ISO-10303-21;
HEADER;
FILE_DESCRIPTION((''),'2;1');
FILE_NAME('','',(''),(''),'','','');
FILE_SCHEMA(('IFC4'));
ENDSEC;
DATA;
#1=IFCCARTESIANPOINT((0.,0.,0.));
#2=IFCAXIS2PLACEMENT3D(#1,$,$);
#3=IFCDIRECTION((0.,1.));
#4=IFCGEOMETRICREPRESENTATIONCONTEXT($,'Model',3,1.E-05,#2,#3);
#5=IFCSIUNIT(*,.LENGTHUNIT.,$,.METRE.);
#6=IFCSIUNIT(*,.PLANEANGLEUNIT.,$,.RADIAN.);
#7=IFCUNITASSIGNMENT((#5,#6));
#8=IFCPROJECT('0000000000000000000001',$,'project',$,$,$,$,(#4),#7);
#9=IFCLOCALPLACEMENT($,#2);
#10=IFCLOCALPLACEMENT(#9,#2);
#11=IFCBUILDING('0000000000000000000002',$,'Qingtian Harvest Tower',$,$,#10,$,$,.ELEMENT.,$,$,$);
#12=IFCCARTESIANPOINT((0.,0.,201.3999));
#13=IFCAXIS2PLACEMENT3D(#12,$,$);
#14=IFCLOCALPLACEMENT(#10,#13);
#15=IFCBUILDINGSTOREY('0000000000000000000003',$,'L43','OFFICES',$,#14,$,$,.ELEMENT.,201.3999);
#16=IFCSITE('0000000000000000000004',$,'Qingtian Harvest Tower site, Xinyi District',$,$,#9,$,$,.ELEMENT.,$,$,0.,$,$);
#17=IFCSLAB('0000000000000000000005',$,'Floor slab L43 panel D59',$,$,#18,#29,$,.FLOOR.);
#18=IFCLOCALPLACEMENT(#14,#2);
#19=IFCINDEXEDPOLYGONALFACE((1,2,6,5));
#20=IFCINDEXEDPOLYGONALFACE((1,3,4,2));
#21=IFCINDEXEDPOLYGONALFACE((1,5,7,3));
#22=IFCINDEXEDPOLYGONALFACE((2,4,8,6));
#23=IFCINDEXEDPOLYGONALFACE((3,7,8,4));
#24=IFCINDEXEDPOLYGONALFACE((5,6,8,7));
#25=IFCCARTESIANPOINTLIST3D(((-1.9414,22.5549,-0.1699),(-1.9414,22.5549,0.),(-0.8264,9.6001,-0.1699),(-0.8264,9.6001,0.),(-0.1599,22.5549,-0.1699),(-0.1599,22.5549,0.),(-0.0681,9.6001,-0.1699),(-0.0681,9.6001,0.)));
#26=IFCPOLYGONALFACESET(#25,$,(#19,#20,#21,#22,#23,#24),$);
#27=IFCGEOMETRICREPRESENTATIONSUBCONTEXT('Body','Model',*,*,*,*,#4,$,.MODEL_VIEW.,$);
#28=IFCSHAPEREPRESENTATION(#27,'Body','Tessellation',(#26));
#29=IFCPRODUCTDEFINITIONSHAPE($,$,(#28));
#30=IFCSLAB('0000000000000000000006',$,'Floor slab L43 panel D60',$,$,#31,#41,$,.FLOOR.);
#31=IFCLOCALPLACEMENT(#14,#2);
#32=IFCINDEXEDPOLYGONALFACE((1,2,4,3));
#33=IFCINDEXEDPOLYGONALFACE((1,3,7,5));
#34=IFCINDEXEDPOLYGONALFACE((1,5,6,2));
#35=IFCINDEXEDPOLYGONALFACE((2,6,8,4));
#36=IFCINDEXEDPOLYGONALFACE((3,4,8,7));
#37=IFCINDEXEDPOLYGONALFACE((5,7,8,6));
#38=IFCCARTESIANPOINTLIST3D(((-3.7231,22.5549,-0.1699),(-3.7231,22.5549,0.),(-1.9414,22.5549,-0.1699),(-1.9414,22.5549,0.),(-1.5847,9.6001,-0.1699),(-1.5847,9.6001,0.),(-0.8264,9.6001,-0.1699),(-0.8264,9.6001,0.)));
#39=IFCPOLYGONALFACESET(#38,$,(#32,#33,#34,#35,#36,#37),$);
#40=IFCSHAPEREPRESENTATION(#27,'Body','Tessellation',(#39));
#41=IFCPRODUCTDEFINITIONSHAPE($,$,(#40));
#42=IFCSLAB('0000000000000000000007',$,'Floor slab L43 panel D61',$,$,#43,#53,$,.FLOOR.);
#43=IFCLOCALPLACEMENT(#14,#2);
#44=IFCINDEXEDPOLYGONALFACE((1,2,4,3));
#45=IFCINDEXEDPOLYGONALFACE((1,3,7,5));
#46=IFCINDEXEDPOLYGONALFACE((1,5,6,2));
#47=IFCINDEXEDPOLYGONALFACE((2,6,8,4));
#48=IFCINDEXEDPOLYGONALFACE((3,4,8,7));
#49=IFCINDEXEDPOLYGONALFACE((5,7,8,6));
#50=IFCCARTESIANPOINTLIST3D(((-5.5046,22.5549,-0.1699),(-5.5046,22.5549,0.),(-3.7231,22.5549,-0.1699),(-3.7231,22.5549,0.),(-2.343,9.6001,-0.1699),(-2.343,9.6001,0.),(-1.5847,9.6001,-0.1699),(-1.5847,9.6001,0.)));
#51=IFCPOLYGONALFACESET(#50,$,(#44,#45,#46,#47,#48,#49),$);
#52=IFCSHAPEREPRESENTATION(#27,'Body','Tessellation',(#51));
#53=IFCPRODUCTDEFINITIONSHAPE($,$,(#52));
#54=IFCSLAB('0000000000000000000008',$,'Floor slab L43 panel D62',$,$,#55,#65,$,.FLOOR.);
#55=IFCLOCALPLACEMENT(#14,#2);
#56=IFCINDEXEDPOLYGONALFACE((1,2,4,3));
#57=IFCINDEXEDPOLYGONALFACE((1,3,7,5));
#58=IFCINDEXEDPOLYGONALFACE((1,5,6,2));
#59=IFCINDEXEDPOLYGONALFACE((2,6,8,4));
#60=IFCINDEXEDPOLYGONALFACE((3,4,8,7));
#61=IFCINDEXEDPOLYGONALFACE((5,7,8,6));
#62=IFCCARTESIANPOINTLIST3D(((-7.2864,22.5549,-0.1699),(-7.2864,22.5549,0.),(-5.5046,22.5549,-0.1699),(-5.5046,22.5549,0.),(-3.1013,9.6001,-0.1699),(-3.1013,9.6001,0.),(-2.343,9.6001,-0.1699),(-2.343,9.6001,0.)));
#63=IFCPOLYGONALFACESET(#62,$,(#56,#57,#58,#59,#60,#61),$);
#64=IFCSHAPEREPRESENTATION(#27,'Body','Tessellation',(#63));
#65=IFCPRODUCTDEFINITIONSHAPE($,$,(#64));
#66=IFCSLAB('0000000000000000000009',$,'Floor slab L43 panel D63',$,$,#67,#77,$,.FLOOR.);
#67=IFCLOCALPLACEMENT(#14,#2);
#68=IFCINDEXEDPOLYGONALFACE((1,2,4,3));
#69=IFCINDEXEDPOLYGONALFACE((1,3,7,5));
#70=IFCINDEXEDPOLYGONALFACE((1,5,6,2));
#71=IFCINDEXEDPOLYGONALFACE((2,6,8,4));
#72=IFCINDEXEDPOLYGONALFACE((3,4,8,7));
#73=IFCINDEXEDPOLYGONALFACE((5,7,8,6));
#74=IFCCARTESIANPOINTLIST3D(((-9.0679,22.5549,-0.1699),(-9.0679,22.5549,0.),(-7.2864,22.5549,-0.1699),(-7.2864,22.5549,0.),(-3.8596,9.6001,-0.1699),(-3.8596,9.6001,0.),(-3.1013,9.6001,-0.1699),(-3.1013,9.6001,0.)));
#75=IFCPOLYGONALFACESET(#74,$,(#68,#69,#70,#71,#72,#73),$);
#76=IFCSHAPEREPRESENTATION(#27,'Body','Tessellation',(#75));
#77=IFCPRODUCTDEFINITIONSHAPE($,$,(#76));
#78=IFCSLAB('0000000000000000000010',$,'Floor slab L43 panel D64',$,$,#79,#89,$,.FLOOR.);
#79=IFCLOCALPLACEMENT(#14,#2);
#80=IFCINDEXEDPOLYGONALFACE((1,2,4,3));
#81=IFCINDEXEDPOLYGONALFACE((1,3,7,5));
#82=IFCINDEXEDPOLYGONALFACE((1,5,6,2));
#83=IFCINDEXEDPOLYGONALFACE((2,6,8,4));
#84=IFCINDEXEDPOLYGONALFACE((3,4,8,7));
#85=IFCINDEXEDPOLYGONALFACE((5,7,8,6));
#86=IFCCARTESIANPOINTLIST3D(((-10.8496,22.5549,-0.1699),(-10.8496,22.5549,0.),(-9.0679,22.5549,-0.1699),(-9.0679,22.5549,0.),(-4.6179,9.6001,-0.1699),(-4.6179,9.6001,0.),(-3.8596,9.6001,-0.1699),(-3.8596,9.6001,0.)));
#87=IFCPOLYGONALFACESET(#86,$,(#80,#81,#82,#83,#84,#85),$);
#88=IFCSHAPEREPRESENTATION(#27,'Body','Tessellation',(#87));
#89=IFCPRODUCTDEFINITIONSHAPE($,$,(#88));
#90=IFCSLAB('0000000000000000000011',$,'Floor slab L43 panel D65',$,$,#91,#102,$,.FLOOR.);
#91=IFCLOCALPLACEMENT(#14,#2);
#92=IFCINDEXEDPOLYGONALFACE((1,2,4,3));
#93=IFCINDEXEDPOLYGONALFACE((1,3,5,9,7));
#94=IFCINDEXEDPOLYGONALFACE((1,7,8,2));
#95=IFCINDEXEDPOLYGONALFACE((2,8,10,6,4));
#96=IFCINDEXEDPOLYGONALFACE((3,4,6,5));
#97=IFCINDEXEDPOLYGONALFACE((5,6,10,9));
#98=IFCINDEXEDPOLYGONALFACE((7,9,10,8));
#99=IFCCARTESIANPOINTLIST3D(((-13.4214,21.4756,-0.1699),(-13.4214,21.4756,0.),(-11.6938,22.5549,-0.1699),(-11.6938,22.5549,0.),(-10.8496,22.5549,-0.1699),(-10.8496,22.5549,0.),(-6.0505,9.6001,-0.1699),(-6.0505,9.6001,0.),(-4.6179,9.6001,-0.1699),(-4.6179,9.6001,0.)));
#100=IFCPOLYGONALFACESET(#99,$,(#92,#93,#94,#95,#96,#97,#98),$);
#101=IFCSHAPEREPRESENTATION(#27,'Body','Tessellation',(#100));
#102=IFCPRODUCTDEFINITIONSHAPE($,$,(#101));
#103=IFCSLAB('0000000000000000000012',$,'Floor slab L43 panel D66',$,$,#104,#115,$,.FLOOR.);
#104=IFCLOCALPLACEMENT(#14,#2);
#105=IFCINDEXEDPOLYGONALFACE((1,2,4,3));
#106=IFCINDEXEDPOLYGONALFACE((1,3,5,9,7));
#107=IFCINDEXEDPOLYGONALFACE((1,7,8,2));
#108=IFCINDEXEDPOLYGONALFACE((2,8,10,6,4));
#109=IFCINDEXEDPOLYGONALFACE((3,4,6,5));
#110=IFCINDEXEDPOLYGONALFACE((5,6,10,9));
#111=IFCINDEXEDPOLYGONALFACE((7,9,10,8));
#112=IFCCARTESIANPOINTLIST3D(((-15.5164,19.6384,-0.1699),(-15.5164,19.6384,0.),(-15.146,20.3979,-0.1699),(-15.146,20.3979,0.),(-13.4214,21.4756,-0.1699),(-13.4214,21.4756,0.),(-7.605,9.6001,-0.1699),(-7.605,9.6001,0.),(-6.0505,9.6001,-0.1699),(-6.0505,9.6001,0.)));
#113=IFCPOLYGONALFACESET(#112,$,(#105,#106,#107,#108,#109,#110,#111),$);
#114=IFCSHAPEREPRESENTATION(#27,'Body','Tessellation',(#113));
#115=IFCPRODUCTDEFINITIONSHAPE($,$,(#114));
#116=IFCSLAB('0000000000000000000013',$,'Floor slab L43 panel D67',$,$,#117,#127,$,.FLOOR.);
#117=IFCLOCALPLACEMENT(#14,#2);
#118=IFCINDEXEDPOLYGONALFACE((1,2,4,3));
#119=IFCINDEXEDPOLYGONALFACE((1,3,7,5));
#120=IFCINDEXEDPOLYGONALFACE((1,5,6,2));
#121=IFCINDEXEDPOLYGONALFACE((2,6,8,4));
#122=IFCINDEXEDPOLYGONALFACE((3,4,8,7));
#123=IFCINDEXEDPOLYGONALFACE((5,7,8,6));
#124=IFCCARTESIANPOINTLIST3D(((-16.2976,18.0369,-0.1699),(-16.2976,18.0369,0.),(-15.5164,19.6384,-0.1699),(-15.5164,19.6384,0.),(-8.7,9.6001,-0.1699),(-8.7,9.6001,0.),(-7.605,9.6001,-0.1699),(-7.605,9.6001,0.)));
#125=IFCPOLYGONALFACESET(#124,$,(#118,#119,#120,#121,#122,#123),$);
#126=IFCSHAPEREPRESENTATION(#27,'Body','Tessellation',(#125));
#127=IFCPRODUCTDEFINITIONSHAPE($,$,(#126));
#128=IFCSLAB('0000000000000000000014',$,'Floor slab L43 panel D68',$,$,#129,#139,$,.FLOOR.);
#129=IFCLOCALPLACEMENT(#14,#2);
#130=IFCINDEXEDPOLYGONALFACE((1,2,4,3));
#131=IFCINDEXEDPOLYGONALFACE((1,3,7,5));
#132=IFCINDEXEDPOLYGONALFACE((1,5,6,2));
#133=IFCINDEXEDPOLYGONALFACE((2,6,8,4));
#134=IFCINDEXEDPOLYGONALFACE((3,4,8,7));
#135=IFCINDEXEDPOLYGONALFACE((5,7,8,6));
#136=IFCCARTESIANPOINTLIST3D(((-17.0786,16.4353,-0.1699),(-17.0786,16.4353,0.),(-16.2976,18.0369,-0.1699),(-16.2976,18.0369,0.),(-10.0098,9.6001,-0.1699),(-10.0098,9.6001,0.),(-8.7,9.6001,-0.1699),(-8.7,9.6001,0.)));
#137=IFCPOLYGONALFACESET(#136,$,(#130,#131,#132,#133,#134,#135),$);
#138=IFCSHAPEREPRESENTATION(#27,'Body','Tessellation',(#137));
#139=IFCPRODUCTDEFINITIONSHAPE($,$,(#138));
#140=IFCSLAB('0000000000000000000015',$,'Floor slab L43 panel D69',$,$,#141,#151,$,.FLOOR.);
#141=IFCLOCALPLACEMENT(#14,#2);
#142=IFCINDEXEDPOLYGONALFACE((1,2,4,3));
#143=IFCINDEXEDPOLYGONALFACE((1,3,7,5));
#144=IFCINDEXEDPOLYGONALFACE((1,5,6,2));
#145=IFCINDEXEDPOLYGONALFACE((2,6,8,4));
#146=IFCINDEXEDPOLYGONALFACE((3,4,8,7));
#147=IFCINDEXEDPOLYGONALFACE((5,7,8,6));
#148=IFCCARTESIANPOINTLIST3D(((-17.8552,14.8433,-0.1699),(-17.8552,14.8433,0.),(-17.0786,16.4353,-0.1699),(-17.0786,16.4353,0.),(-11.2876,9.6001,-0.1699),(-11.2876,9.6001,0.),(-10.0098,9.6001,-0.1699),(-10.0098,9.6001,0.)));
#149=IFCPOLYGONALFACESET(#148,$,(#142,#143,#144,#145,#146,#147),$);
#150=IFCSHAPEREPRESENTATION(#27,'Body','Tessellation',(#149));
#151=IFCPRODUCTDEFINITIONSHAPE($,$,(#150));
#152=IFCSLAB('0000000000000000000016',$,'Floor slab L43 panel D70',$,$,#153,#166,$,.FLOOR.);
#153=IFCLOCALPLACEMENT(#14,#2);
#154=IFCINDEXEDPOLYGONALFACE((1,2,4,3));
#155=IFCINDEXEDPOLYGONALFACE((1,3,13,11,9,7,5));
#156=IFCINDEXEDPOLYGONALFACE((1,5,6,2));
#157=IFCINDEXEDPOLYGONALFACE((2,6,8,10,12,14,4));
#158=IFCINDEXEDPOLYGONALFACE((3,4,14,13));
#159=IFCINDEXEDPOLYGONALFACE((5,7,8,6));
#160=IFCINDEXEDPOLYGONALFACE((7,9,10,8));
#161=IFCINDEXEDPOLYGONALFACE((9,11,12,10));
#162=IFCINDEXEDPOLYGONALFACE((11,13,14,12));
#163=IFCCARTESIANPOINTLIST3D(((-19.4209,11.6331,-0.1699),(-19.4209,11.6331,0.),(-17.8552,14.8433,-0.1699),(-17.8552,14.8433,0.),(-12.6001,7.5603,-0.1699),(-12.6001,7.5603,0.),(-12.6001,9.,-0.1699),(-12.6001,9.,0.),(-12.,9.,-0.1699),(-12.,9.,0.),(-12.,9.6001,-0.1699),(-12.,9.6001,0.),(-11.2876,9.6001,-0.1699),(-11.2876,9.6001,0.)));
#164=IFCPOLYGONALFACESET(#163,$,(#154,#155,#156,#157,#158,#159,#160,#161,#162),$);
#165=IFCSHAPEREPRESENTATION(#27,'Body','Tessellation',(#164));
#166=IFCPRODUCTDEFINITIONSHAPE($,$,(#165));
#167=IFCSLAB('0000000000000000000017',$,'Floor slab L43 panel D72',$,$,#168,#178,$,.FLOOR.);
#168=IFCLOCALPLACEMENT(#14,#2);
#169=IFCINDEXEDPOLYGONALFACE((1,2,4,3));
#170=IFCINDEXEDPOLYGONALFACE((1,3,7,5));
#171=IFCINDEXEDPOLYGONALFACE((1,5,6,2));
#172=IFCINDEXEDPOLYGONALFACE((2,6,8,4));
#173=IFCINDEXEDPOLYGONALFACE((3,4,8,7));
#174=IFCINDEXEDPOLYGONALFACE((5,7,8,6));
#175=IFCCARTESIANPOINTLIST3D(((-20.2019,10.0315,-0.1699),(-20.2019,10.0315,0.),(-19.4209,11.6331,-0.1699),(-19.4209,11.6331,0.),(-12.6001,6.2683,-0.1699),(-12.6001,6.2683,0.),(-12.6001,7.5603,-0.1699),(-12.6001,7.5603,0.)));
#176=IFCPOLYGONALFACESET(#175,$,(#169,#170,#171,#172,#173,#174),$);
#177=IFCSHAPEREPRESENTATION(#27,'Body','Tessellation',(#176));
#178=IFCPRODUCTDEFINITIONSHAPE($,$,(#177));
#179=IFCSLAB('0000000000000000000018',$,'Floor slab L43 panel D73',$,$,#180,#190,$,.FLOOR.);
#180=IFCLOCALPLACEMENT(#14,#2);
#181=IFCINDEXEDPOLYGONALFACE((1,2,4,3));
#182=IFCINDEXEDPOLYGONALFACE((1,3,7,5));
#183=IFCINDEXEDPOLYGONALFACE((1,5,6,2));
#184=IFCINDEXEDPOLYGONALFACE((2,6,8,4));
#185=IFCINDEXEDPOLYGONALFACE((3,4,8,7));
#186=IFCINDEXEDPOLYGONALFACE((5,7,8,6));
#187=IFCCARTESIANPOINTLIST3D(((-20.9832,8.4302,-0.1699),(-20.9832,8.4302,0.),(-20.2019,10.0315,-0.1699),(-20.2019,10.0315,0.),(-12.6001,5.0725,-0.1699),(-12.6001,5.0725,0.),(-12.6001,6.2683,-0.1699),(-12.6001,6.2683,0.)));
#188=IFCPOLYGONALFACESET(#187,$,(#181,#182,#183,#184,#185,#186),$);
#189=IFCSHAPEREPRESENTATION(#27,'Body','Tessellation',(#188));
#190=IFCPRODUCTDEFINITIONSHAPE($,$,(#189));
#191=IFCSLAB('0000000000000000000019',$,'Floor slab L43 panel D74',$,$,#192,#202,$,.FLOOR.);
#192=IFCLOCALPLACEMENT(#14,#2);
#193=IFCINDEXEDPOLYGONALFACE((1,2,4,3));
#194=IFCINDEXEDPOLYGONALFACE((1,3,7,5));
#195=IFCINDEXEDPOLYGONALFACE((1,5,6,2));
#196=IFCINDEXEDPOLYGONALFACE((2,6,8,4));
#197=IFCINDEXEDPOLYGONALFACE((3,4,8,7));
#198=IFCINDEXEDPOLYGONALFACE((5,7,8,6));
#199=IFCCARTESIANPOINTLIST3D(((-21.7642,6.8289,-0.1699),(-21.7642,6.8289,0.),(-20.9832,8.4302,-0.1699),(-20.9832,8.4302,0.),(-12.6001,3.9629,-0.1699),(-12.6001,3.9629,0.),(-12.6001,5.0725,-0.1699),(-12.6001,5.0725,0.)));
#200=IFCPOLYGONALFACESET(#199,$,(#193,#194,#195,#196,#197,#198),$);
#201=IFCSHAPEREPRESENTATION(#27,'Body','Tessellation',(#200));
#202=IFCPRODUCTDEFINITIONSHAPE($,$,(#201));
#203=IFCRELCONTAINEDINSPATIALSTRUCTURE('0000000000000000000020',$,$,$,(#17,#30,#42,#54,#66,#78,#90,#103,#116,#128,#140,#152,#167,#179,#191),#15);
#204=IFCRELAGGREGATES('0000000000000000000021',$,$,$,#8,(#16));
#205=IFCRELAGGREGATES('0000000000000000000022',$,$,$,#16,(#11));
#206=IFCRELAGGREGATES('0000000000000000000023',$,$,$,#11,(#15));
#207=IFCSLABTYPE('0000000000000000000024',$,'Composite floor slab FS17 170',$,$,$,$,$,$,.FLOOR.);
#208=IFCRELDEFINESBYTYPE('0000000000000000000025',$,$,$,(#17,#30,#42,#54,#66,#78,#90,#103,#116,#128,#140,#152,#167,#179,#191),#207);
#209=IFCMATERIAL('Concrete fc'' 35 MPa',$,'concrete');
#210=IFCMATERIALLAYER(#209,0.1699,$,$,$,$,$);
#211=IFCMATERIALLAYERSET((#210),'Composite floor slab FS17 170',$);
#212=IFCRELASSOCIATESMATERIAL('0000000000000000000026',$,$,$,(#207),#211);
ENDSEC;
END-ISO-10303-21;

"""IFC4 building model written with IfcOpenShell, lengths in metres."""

from ifc_helpers import new_model, si_unit, direction, frame, origin, place, context, subcontext, project, spatial, polyline, outline, extrude, material, layer, layer_set, type_object, element, save


model = new_model("IFC4")

# Units and contexts
model_context = context("Model", 3, precision=1e-05, world=origin(), true_north=direction((0.0, 1.0)))
body_context = subcontext(model_context, "Body", "Model", "MODEL_VIEW")
ifc_project = project(units=[si_unit("LENGTHUNIT", "METRE"), si_unit("PLANEANGLEUNIT", "RADIAN")], contexts=[model_context])

# Site, building, storey
site_placement = place(None, origin())
site = spatial("IfcSite", under=ifc_project, at=site_placement, Name="Qingtian Harvest Tower site, Xinyi District", CompositionType="ELEMENT", RefElevation=0.0)
building_placement = place(site_placement, origin())
building = spatial("IfcBuilding", under=site, at=building_placement, Name="Qingtian Harvest Tower", CompositionType="ELEMENT")
storey_placement = place(building_placement, frame((0.0, 0.0, 201.3999)))
storey = spatial("IfcBuildingStorey", under=building, at=storey_placement, Name="L43", Description="OFFICES", CompositionType="ELEMENT", Elevation=201.3999)

# Slabs
ifc_material_1 = material(Name="Concrete fc' 35 MPa", Category="concrete")
ifc_layer_1 = layer(ifc_material_1, 0.1699)
ifc_layer_set_1 = layer_set([ifc_layer_1], Name="Composite floor slab FS17 170")
slab_type = type_object("IfcSlabType", Name="Composite floor slab FS17 170", PredefinedType="FLOOR", material=ifc_layer_set_1)
slab_1_placement = place(storey_placement, frame((0.0, 0.0, -0.1699)))
element("IfcSlab", 1, at=slab_1_placement, inside=storey, type_object=slab_type, Name="Floor slab L43 panel D59", PredefinedType="FLOOR", context=body_context, shape_type="SweptSolid", body=[
    extrude(outline(polyline([(-0.8264, 9.6001), (-1.9414, 22.5549), (-0.1599, 22.5549), (-0.0681, 9.6001), (-0.8264, 9.6001)])), origin(), (0.0, 0.0, 1.0), 0.1699),
])
slab_2_placement = place(storey_placement, frame((0.0, 0.0, -0.1699)))
element("IfcSlab", 2, at=slab_2_placement, inside=storey, type_object=slab_type, Name="Floor slab L43 panel D60", PredefinedType="FLOOR", context=body_context, shape_type="SweptSolid", body=[
    extrude(outline(polyline([(-1.5847, 9.6001), (-3.7231, 22.5549), (-1.9414, 22.5549), (-0.8264, 9.6001), (-1.5847, 9.6001)])), origin(), (0.0, 0.0, 1.0), 0.1699),
])
slab_3_placement = place(storey_placement, frame((0.0, 0.0, -0.1699)))
element("IfcSlab", 3, at=slab_3_placement, inside=storey, type_object=slab_type, Name="Floor slab L43 panel D61", PredefinedType="FLOOR", context=body_context, shape_type="SweptSolid", body=[
    extrude(outline(polyline([(-2.343, 9.6001), (-5.5046, 22.5549), (-3.7231, 22.5549), (-1.5847, 9.6001), (-2.343, 9.6001)])), origin(), (0.0, 0.0, 1.0), 0.1699),
])
slab_4_placement = place(storey_placement, frame((0.0, 0.0, -0.1699)))
element("IfcSlab", 4, at=slab_4_placement, inside=storey, type_object=slab_type, Name="Floor slab L43 panel D62", PredefinedType="FLOOR", context=body_context, shape_type="SweptSolid", body=[
    extrude(outline(polyline([(-3.1013, 9.6001), (-7.2864, 22.5549), (-5.5046, 22.5549), (-2.343, 9.6001), (-3.1013, 9.6001)])), origin(), (0.0, 0.0, 1.0), 0.1699),
])
slab_5_placement = place(storey_placement, frame((0.0, 0.0, -0.1699)))
element("IfcSlab", 5, at=slab_5_placement, inside=storey, type_object=slab_type, Name="Floor slab L43 panel D63", PredefinedType="FLOOR", context=body_context, shape_type="SweptSolid", body=[
    extrude(outline(polyline([(-3.8596, 9.6001), (-9.0679, 22.5549), (-7.2864, 22.5549), (-3.1013, 9.6001), (-3.8596, 9.6001)])), origin(), (0.0, 0.0, 1.0), 0.1699),
])
slab_6_placement = place(storey_placement, frame((0.0, 0.0, -0.1699)))
element("IfcSlab", 6, at=slab_6_placement, inside=storey, type_object=slab_type, Name="Floor slab L43 panel D64", PredefinedType="FLOOR", context=body_context, shape_type="SweptSolid", body=[
    extrude(outline(polyline([(-4.6179, 9.6001), (-10.8496, 22.5549), (-9.0679, 22.5549), (-3.8596, 9.6001), (-4.6179, 9.6001)])), origin(), (0.0, 0.0, 1.0), 0.1699),
])
slab_7_placement = place(storey_placement, frame((0.0, 0.0, -0.1699)))
element("IfcSlab", 7, at=slab_7_placement, inside=storey, type_object=slab_type, Name="Floor slab L43 panel D65", PredefinedType="FLOOR", context=body_context, shape_type="SweptSolid", body=[
    extrude(outline(polyline([(-4.6179, 9.6001), (-6.0505, 9.6001), (-13.4214, 21.4756), (-11.6938, 22.5549), (-10.8496, 22.5549), (-4.6179, 9.6001)])), origin(), (0.0, 0.0, 1.0), 0.1699),
])
slab_8_placement = place(storey_placement, frame((0.0, 0.0, -0.1699)))
element("IfcSlab", 8, at=slab_8_placement, inside=storey, type_object=slab_type, Name="Floor slab L43 panel D66", PredefinedType="FLOOR", context=body_context, shape_type="SweptSolid", body=[
    extrude(outline(polyline([(-6.0505, 9.6001), (-7.605, 9.6001), (-15.5164, 19.6384), (-15.146, 20.3979), (-13.4214, 21.4756), (-6.0505, 9.6001)])), origin(), (0.0, 0.0, 1.0), 0.1699),
])
slab_9_placement = place(storey_placement, frame((0.0, 0.0, -0.1699)))
element("IfcSlab", 9, at=slab_9_placement, inside=storey, type_object=slab_type, Name="Floor slab L43 panel D67", PredefinedType="FLOOR", context=body_context, shape_type="SweptSolid", body=[
    extrude(outline(polyline([(-8.7, 9.6001), (-16.2976, 18.0369), (-15.5164, 19.6384), (-7.605, 9.6001), (-8.7, 9.6001)])), origin(), (0.0, 0.0, 1.0), 0.1699),
])
slab_10_placement = place(storey_placement, frame((0.0, 0.0, -0.1699)))
element("IfcSlab", 10, at=slab_10_placement, inside=storey, type_object=slab_type, Name="Floor slab L43 panel D68", PredefinedType="FLOOR", context=body_context, shape_type="SweptSolid", body=[
    extrude(outline(polyline([(-10.0098, 9.6001), (-17.0786, 16.4353), (-16.2976, 18.0369), (-8.7, 9.6001), (-10.0098, 9.6001)])), origin(), (0.0, 0.0, 1.0), 0.1699),
])
slab_11_placement = place(storey_placement, frame((0.0, 0.0, -0.1699)))
element("IfcSlab", 11, at=slab_11_placement, inside=storey, type_object=slab_type, Name="Floor slab L43 panel D69", PredefinedType="FLOOR", context=body_context, shape_type="SweptSolid", body=[
    extrude(outline(polyline([(-11.2876, 9.6001), (-17.8552, 14.8433), (-17.0786, 16.4353), (-10.0098, 9.6001), (-11.2876, 9.6001)])), origin(), (0.0, 0.0, 1.0), 0.1699),
])
slab_12_placement = place(storey_placement, frame((0.0, 0.0, -0.1699)))
element("IfcSlab", 12, at=slab_12_placement, inside=storey, type_object=slab_type, Name="Floor slab L43 panel D70", PredefinedType="FLOOR", context=body_context, shape_type="SweptSolid", body=[
    extrude(outline(polyline([(-12.0, 9.0), (-12.6001, 9.0), (-12.6001, 7.5603), (-19.4209, 11.6331), (-17.8552, 14.8433), (-11.2876, 9.6001), (-12.0, 9.6001), (-12.0, 9.0)])), origin(), (0.0, 0.0, 1.0), 0.1699),
])
slab_13_placement = place(storey_placement, frame((0.0, 0.0, -0.1699)))
element("IfcSlab", 13, at=slab_13_placement, inside=storey, type_object=slab_type, Name="Floor slab L43 panel D72", PredefinedType="FLOOR", context=body_context, shape_type="SweptSolid", body=[
    extrude(outline(polyline([(-12.6001, 6.2683), (-20.2019, 10.0315), (-19.4209, 11.6331), (-12.6001, 7.5603), (-12.6001, 6.2683)])), origin(), (0.0, 0.0, 1.0), 0.1699),
])
slab_14_placement = place(storey_placement, frame((0.0, 0.0, -0.1699)))
element("IfcSlab", 14, at=slab_14_placement, inside=storey, type_object=slab_type, Name="Floor slab L43 panel D73", PredefinedType="FLOOR", context=body_context, shape_type="SweptSolid", body=[
    extrude(outline(polyline([(-12.6001, 5.0725), (-20.9832, 8.4302), (-20.2019, 10.0315), (-12.6001, 6.2683), (-12.6001, 5.0725)])), origin(), (0.0, 0.0, 1.0), 0.1699),
])
slab_15_placement = place(storey_placement, frame((0.0, 0.0, -0.1699)))
element("IfcSlab", 15, at=slab_15_placement, inside=storey, type_object=slab_type, Name="Floor slab L43 panel D74", PredefinedType="FLOOR", context=body_context, shape_type="SweptSolid", body=[
    extrude(outline(polyline([(-12.6001, 3.9629), (-21.7642, 6.8289), (-20.9832, 8.4302), (-12.6001, 5.0725), (-12.6001, 3.9629)])), origin(), (0.0, 0.0, 1.0), 0.1699),
])

save(model, "model.ifc")
